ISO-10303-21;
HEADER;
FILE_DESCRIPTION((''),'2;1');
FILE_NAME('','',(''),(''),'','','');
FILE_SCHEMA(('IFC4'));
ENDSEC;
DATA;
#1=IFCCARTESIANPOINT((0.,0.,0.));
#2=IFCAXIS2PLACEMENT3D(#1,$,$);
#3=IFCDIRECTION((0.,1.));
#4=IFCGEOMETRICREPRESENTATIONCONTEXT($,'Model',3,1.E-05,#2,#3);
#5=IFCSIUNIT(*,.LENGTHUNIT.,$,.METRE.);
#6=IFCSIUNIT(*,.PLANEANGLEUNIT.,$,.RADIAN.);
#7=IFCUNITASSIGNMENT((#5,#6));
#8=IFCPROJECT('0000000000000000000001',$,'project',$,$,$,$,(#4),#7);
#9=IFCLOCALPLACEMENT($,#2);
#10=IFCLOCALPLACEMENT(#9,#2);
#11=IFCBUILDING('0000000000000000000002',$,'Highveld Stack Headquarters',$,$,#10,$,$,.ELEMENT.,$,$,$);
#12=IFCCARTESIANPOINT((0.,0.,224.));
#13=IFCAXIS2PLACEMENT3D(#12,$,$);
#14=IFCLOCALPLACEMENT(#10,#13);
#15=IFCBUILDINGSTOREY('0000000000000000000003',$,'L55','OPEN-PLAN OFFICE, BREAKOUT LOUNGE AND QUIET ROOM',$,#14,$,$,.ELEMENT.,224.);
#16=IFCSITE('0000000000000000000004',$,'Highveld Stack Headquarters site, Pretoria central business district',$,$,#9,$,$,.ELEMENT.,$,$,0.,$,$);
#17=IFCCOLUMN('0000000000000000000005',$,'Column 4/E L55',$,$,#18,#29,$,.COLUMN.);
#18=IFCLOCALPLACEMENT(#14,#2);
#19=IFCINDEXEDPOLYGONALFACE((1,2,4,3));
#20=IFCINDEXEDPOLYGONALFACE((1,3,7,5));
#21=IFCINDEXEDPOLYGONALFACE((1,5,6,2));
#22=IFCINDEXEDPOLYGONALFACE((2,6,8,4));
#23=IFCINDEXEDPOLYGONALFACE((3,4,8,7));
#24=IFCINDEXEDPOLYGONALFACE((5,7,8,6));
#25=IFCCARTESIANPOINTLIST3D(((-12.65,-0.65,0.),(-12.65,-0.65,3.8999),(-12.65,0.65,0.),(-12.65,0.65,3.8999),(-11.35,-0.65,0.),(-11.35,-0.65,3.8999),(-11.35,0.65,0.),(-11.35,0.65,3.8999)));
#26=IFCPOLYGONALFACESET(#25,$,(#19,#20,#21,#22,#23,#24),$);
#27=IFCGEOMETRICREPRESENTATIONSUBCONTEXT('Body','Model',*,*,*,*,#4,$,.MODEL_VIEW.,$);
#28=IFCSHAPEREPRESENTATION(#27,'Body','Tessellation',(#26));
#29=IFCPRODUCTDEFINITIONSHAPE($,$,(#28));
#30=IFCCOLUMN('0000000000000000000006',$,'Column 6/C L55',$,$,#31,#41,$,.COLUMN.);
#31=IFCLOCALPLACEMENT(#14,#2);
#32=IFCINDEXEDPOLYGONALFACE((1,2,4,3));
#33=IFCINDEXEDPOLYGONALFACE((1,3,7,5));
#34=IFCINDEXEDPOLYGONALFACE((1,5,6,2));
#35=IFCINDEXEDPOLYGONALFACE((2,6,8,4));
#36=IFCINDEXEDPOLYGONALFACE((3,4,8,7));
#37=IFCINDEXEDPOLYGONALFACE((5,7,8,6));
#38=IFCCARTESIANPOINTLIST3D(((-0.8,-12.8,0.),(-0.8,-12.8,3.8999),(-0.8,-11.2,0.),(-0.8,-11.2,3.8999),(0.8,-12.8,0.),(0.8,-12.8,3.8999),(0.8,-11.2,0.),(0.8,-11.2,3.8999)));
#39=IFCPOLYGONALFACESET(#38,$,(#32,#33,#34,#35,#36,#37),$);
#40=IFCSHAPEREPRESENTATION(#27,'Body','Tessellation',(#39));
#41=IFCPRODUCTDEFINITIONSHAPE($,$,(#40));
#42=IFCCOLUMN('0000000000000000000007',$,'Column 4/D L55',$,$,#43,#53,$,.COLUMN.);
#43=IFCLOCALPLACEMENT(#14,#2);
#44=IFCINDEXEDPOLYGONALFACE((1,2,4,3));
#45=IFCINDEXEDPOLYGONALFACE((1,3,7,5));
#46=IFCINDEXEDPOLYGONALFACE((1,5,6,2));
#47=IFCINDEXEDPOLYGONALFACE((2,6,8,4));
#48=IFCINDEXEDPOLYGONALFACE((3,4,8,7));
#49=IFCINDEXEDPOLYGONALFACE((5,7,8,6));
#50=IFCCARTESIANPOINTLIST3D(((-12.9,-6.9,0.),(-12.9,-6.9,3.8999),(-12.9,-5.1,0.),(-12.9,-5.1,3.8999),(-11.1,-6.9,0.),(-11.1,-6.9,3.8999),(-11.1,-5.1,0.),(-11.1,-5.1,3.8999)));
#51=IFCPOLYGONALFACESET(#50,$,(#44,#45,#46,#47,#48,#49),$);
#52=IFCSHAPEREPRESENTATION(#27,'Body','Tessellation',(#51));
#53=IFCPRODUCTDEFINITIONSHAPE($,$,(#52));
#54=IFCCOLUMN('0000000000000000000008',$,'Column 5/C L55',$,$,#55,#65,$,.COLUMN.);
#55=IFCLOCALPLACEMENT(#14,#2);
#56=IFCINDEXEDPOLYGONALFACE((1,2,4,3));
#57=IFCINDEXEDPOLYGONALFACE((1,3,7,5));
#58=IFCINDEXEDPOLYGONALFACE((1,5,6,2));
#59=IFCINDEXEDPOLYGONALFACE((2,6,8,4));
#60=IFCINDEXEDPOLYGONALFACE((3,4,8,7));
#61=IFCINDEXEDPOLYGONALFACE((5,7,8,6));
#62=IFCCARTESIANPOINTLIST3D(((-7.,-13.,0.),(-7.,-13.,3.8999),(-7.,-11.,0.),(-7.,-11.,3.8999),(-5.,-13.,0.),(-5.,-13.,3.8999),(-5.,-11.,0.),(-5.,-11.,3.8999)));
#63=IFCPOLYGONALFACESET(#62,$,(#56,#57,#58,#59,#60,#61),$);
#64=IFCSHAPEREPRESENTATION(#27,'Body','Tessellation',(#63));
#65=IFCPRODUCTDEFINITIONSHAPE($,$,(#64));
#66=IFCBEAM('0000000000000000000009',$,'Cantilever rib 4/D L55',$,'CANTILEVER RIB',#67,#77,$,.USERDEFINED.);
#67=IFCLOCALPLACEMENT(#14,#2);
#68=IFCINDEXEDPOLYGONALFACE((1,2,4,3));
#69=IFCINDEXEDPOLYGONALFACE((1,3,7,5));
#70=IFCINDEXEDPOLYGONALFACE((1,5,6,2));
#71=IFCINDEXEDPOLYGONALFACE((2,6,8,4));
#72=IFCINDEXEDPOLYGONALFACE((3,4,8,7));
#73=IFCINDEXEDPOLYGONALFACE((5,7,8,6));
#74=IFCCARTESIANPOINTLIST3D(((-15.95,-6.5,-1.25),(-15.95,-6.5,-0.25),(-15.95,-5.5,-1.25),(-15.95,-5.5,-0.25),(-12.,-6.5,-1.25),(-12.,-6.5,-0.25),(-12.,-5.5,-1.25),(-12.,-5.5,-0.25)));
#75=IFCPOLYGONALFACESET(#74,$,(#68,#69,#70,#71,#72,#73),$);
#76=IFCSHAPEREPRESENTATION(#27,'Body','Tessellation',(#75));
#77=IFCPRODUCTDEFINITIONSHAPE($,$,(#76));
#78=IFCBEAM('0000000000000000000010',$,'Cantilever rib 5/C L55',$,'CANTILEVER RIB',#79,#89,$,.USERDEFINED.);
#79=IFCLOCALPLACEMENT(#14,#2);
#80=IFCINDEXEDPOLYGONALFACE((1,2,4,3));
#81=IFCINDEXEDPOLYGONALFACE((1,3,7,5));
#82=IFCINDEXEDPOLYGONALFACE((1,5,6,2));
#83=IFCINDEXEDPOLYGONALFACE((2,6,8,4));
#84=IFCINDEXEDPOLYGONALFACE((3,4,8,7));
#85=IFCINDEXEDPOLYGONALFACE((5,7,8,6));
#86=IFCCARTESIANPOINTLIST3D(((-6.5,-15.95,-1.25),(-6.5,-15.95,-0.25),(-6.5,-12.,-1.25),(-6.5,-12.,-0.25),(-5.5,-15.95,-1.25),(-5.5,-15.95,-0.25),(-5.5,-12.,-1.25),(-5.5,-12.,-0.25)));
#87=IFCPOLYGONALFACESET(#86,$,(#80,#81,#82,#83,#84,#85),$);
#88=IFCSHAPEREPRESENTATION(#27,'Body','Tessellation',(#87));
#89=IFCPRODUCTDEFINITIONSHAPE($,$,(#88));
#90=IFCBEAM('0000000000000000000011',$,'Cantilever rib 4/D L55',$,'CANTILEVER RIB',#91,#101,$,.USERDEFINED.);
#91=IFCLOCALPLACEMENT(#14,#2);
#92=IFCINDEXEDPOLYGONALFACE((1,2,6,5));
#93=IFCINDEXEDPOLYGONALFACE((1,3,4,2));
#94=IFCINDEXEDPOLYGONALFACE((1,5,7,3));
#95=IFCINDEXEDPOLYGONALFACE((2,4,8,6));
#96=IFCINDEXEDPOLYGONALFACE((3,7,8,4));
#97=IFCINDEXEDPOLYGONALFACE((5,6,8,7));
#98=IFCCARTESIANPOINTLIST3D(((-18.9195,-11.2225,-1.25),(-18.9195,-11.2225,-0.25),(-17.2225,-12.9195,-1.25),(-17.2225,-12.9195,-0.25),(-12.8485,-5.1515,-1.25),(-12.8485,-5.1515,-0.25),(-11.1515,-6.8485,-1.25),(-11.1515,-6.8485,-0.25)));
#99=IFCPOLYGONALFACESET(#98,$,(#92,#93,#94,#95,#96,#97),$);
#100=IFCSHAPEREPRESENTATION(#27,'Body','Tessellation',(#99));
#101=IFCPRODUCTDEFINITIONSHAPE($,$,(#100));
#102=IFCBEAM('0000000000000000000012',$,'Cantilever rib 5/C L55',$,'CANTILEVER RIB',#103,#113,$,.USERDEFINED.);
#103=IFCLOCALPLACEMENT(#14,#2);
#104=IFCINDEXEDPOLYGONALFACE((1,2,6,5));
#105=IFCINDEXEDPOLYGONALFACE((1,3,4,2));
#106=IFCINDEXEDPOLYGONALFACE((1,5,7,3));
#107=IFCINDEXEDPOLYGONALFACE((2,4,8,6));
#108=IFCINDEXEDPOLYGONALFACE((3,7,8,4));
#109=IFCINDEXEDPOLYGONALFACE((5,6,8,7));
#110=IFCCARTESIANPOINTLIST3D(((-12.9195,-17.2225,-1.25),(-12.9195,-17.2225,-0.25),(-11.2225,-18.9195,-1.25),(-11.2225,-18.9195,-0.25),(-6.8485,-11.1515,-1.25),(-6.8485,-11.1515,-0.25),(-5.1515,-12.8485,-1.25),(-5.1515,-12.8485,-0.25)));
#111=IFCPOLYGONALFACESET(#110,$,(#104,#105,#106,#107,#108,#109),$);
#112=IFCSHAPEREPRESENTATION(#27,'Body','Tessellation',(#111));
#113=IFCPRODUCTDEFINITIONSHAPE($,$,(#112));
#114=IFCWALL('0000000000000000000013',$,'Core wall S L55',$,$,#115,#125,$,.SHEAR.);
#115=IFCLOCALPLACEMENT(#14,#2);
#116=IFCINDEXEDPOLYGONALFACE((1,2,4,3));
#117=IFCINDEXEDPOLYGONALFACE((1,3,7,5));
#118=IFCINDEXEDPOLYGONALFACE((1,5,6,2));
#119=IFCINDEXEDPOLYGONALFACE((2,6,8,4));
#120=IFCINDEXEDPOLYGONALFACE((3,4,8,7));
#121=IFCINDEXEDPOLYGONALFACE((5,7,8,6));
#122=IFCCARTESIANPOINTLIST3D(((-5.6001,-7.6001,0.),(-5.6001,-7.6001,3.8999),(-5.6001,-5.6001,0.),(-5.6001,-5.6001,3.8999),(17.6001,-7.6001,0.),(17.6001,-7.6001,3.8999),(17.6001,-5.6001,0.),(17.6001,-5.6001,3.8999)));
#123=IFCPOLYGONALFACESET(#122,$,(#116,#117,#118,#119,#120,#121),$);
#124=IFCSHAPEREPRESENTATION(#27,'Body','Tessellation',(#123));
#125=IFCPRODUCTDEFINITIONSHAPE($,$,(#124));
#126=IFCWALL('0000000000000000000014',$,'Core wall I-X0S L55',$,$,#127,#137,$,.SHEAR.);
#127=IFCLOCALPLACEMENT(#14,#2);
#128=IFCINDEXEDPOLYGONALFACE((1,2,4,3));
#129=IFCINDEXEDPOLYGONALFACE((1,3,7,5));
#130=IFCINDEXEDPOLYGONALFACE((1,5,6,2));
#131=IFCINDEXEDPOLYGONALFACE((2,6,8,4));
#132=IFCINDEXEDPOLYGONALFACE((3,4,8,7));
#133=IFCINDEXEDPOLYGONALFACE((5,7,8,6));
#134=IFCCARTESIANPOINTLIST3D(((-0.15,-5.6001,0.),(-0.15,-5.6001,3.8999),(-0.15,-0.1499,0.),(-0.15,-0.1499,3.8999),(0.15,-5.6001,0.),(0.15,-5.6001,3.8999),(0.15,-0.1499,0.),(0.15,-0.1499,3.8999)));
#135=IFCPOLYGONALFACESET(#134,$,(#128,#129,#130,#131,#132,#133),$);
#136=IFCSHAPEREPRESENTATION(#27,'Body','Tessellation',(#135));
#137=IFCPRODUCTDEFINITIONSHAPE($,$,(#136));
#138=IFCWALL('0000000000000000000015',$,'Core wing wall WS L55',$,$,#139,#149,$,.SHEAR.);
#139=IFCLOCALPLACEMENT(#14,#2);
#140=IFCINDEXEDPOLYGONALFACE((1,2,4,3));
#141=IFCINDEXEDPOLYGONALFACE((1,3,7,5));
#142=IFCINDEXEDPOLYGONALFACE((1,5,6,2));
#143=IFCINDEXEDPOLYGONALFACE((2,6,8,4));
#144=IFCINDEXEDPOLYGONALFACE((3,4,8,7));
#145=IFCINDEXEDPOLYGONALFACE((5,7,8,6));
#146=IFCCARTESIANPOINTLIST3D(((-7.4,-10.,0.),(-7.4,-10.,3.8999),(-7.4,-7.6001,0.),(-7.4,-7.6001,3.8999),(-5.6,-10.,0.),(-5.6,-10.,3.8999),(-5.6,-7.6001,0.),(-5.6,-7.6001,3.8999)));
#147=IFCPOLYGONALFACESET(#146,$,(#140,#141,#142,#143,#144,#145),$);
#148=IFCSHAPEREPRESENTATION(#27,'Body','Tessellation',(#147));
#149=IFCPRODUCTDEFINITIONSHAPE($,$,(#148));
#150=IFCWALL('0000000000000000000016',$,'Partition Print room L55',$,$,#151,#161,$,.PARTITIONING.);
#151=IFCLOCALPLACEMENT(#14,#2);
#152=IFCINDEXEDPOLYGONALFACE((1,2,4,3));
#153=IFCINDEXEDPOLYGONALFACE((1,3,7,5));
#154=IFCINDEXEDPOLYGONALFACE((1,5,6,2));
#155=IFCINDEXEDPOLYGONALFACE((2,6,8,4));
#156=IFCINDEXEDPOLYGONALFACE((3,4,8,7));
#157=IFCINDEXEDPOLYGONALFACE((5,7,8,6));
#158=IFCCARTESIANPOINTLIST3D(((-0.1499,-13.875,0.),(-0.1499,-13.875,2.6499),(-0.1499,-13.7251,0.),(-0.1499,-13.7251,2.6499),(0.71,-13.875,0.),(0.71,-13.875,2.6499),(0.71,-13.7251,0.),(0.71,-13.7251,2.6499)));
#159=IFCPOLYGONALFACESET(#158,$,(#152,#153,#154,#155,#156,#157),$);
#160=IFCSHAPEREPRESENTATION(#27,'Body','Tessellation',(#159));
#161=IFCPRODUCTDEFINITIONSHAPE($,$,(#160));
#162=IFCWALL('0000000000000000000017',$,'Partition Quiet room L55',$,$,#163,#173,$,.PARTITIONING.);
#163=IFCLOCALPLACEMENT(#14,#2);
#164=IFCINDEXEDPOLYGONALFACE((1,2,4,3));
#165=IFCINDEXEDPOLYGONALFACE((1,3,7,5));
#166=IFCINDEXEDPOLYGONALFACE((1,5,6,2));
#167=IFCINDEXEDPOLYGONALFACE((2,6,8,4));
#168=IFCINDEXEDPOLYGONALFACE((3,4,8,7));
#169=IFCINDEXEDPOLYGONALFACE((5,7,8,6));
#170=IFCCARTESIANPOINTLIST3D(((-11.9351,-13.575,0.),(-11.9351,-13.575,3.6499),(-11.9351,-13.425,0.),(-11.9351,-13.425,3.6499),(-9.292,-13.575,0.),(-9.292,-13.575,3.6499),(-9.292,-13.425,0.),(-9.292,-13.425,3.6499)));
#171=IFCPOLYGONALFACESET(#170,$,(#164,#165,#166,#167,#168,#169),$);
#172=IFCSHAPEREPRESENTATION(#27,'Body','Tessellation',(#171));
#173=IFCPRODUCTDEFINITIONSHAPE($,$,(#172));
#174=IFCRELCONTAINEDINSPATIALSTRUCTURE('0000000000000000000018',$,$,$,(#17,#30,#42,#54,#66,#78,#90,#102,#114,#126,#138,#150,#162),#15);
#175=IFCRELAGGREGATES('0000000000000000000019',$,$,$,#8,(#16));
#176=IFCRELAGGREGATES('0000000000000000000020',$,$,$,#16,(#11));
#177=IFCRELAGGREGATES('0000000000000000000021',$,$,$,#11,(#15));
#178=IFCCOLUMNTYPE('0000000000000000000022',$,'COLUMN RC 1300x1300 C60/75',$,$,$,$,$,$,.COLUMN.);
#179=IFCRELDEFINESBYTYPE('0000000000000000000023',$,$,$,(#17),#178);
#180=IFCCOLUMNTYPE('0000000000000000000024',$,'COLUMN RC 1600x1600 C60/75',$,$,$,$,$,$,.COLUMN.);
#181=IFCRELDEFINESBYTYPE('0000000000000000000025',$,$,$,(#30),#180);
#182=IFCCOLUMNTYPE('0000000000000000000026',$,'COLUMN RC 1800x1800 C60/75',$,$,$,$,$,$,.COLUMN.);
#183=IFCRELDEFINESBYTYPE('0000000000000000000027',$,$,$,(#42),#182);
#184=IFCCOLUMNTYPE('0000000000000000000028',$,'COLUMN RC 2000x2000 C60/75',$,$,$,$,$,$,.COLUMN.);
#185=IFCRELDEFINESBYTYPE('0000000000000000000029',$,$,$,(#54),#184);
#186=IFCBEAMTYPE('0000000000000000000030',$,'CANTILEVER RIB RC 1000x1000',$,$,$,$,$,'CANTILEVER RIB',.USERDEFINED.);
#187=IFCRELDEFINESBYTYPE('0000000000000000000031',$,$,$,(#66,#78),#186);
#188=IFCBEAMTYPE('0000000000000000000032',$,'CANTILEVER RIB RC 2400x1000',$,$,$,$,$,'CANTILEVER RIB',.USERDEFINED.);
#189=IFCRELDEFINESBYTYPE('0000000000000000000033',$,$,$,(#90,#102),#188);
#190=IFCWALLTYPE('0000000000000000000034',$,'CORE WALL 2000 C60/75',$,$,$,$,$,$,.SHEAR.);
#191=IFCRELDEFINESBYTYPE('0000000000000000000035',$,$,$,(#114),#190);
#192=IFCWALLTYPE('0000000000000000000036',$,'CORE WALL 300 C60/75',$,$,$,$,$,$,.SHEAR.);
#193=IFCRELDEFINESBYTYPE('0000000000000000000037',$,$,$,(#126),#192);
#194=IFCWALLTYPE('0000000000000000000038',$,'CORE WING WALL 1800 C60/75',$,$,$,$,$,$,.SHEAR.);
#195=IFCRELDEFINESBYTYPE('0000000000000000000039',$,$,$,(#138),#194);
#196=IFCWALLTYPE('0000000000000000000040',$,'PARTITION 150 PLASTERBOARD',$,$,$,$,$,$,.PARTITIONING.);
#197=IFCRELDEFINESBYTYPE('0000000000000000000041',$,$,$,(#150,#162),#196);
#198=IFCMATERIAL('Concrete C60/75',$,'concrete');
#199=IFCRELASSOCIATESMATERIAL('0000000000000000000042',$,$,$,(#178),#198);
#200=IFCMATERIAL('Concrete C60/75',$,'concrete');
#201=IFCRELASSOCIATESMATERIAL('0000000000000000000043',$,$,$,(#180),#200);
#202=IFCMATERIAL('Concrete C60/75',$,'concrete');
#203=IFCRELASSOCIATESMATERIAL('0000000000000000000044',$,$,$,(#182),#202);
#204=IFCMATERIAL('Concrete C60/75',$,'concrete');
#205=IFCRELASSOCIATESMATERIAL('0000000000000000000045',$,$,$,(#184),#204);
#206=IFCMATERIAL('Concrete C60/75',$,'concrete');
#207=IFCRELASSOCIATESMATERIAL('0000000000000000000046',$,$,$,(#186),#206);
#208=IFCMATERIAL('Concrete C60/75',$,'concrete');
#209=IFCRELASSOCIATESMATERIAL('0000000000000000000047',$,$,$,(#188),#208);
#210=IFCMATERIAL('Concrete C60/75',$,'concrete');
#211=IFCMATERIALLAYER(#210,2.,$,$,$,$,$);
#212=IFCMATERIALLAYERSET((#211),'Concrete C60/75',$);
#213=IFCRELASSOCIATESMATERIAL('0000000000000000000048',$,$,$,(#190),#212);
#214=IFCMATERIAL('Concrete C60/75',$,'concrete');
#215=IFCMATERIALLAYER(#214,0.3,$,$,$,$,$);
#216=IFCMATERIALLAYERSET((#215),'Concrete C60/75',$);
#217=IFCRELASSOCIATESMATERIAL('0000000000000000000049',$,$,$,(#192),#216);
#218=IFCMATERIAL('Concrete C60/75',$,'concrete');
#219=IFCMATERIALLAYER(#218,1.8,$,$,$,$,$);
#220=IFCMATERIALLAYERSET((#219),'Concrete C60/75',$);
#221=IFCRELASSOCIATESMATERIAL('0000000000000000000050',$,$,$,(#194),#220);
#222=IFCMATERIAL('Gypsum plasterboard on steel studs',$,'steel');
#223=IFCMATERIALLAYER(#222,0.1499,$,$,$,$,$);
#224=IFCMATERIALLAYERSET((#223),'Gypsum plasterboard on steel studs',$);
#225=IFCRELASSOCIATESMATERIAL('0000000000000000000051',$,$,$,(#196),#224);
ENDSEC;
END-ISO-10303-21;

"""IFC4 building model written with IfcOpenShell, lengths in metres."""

from ifc_helpers import new_model, si_unit, direction, frame, frame_2d, origin, origin_2d, place, context, subcontext, project, spatial, rectangle, extrude, material, layer, layer_set, material_profile, profile_set, type_object, element, save


model = new_model("IFC4")

# Units and contexts
model_context = context("Model", 3, precision=1e-05, world=origin(), true_north=direction((0.0, 1.0)))
body_context = subcontext(model_context, "Body", "Model", "MODEL_VIEW")
ifc_project = project(units=[si_unit("LENGTHUNIT", "METRE"), si_unit("PLANEANGLEUNIT", "RADIAN")], contexts=[model_context])

# Site, building, storey
site_placement = place(None, origin())
site = spatial("IfcSite", under=ifc_project, at=site_placement, Name="Highveld Stack Headquarters site, Pretoria central business district", CompositionType="ELEMENT", RefElevation=0.0)
building_placement = place(site_placement, origin())
building = spatial("IfcBuilding", under=site, at=building_placement, Name="Highveld Stack Headquarters", CompositionType="ELEMENT")
storey_placement = place(building_placement, frame((0.0, 0.0, 224.0)))
storey = spatial("IfcBuildingStorey", under=building, at=storey_placement, Name="L55", Description="OPEN-PLAN OFFICE, BREAKOUT LOUNGE AND QUIET ROOM", CompositionType="ELEMENT", Elevation=224.0)

# Columns
ifc_material_1 = material(Name="Concrete C60/75", Category="concrete")
ifc_material_profile_1 = material_profile(ifc_material_1, rectangle(XDim=1.3, YDim=1.3, at=origin_2d()), Name="RC 1300x1300")
ifc_profile_set_1 = profile_set([ifc_material_profile_1], Name="Concrete C60/75")
column_type_1 = type_object("IfcColumnType", Name="COLUMN RC 1300x1300 C60/75", PredefinedType="COLUMN", material=ifc_profile_set_1)
column_1_placement = place(storey_placement, frame((-12.0, 0.0, 0.0), z_axis=(0.0, 0.0, 1.0), x_axis=(1.0, 0.0, 0.0)))
element("IfcColumn", 1, at=column_1_placement, inside=storey, type_object=column_type_1, Name="Column 4/E L55", PredefinedType="COLUMN", context=body_context, shape_type="SweptSolid", body=[
    extrude(rectangle(XDim=1.3, YDim=1.3, at=origin_2d()), origin(), (0.0, 0.0, 1.0), 3.8999),
])
ifc_material_2 = material(Name="Concrete C60/75", Category="concrete")
ifc_material_profile_2 = material_profile(ifc_material_2, rectangle(XDim=1.6001, YDim=1.6001, at=origin_2d()), Name="RC 1600x1600")
ifc_profile_set_2 = profile_set([ifc_material_profile_2], Name="Concrete C60/75")
column_type_2 = type_object("IfcColumnType", Name="COLUMN RC 1600x1600 C60/75", PredefinedType="COLUMN", material=ifc_profile_set_2)
column_2_placement = place(storey_placement, frame((0.0, -12.0, 0.0), z_axis=(0.0, 0.0, 1.0), x_axis=(1.0, 0.0, 0.0)))
element("IfcColumn", 2, at=column_2_placement, inside=storey, type_object=column_type_2, Name="Column 6/C L55", PredefinedType="COLUMN", context=body_context, shape_type="SweptSolid", body=[
    extrude(rectangle(XDim=1.6001, YDim=1.6001, at=origin_2d()), origin(), (0.0, 0.0, 1.0), 3.8999),
])
ifc_material_3 = material(Name="Concrete C60/75", Category="concrete")
ifc_material_profile_3 = material_profile(ifc_material_3, rectangle(XDim=1.8, YDim=1.8, at=origin_2d()), Name="RC 1800x1800")
ifc_profile_set_3 = profile_set([ifc_material_profile_3], Name="Concrete C60/75")
column_type_3 = type_object("IfcColumnType", Name="COLUMN RC 1800x1800 C60/75", PredefinedType="COLUMN", material=ifc_profile_set_3)
column_3_placement = place(storey_placement, frame((-12.0, -6.0, 0.0), z_axis=(0.0, 0.0, 1.0), x_axis=(1.0, 0.0, 0.0)))
element("IfcColumn", 3, at=column_3_placement, inside=storey, type_object=column_type_3, Name="Column 4/D L55", PredefinedType="COLUMN", context=body_context, shape_type="SweptSolid", body=[
    extrude(rectangle(XDim=1.8, YDim=1.8, at=origin_2d()), origin(), (0.0, 0.0, 1.0), 3.8999),
])
ifc_material_4 = material(Name="Concrete C60/75", Category="concrete")
ifc_material_profile_4 = material_profile(ifc_material_4, rectangle(XDim=2.0, YDim=2.0, at=origin_2d()), Name="RC 2000x2000")
ifc_profile_set_4 = profile_set([ifc_material_profile_4], Name="Concrete C60/75")
column_type_4 = type_object("IfcColumnType", Name="COLUMN RC 2000x2000 C60/75", PredefinedType="COLUMN", material=ifc_profile_set_4)
column_4_placement = place(storey_placement, frame((-6.0, -12.0, 0.0), z_axis=(0.0, 0.0, 1.0), x_axis=(1.0, 0.0, 0.0)))
element("IfcColumn", 4, at=column_4_placement, inside=storey, type_object=column_type_4, Name="Column 5/C L55", PredefinedType="COLUMN", context=body_context, shape_type="SweptSolid", body=[
    extrude(rectangle(XDim=2.0, YDim=2.0, at=origin_2d()), origin(), (0.0, 0.0, 1.0), 3.8999),
])

# Beams
ifc_material_5 = material(Name="Concrete C60/75", Category="concrete")
ifc_material_profile_5 = material_profile(ifc_material_5, rectangle(XDim=1.0, YDim=1.0, at=origin_2d()), Name="RC 1000x1000")
ifc_profile_set_5 = profile_set([ifc_material_profile_5], Name="Concrete C60/75")
beam_type_1 = type_object("IfcBeamType", Name="CANTILEVER RIB RC 1000x1000", ElementType="CANTILEVER RIB", PredefinedType="USERDEFINED", material=ifc_profile_set_5)
for number, where, z_axis, x_axis, name in (
    (5, (-12.0, -6.0, -0.75), (-1.0, 0.0, 0.0), (0.0, -1.0, 0.0), "Cantilever rib 4/D L55"),
    (6, (-6.0, -12.0, -0.75), (0.0, -1.0, 0.0), (1.0, 0.0, 0.0), "Cantilever rib 5/C L55"),
):
    element("IfcBeam", number, at=place(storey_placement, frame(where, z_axis=z_axis, x_axis=x_axis)), inside=storey, type_object=beam_type_1, Name=name, ObjectType="CANTILEVER RIB", PredefinedType="USERDEFINED", context=body_context, shape_type="SweptSolid", body=[
        extrude(rectangle(XDim=1.0, YDim=1.0, at=origin_2d()), origin(), (0.0, 0.0, 1.0), 3.95),
    ])
ifc_material_6 = material(Name="Concrete C60/75", Category="concrete")
ifc_material_profile_6 = material_profile(ifc_material_6, rectangle(XDim=2.3999, YDim=1.0, at=origin_2d()), Name="RC 2400x1000")
ifc_profile_set_6 = profile_set([ifc_material_profile_6], Name="Concrete C60/75")
beam_type_2 = type_object("IfcBeamType", Name="CANTILEVER RIB RC 2400x1000", ElementType="CANTILEVER RIB", PredefinedType="USERDEFINED", material=ifc_profile_set_6)
for number, where, z_axis, x_axis, name in (
    (7, (-12.0, -6.0, -0.75), (-0.707107, -0.707107, 0.0), (0.707107, -0.707107, 0.0), "Cantilever rib 4/D L55"),
    (8, (-6.0, -12.0, -0.75), (-0.707107, -0.707107, 0.0), (0.707107, -0.707107, 0.0), "Cantilever rib 5/C L55"),
):
    element("IfcBeam", number, at=place(storey_placement, frame(where, z_axis=z_axis, x_axis=x_axis)), inside=storey, type_object=beam_type_2, Name=name, ObjectType="CANTILEVER RIB", PredefinedType="USERDEFINED", context=body_context, shape_type="SweptSolid", body=[
        extrude(rectangle(XDim=2.3999, YDim=1.0, at=origin_2d()), origin(), (0.0, 0.0, 1.0), 8.5857),
    ])

# Walls
ifc_material_7 = material(Name="Concrete C60/75", Category="concrete")
ifc_layer_1 = layer(ifc_material_7, 2.0)
ifc_layer_set_1 = layer_set([ifc_layer_1], Name="Concrete C60/75")
wall_type_1 = type_object("IfcWallType", Name="CORE WALL 2000 C60/75", PredefinedType="SHEAR", material=ifc_layer_set_1)
wall_1_placement = place(storey_placement, frame((-5.6001, -6.6001, 0.0), z_axis=(0.0, 0.0, 1.0), x_axis=(1.0, 0.0, 0.0)))
element("IfcWall", 9, at=wall_1_placement, inside=storey, type_object=wall_type_1, Name="Core wall S L55", PredefinedType="SHEAR", context=body_context, shape_type="SweptSolid", body=[
    extrude(rectangle(XDim=23.2002, YDim=2.0, at=frame_2d((11.6001, 0.0))), origin(), (0.0, 0.0, 1.0), 3.8999),
])
ifc_material_8 = material(Name="Concrete C60/75", Category="concrete")
ifc_layer_2 = layer(ifc_material_8, 0.3)
ifc_layer_set_2 = layer_set([ifc_layer_2], Name="Concrete C60/75")
wall_type_2 = type_object("IfcWallType", Name="CORE WALL 300 C60/75", PredefinedType="SHEAR", material=ifc_layer_set_2)
wall_2_placement = place(storey_placement, frame((0.0, -5.6001, 0.0), z_axis=(0.0, 0.0, 1.0), x_axis=(0.0, 1.0, 0.0)))
element("IfcWall", 10, at=wall_2_placement, inside=storey, type_object=wall_type_2, Name="Core wall I-X0S L55", PredefinedType="SHEAR", context=body_context, shape_type="SweptSolid", body=[
    extrude(rectangle(XDim=5.4502, YDim=0.3, at=frame_2d((2.7251, 0.0))), origin(), (0.0, 0.0, 1.0), 3.8999),
])
ifc_material_9 = material(Name="Concrete C60/75", Category="concrete")
ifc_layer_3 = layer(ifc_material_9, 1.8)
ifc_layer_set_3 = layer_set([ifc_layer_3], Name="Concrete C60/75")
wall_type_3 = type_object("IfcWallType", Name="CORE WING WALL 1800 C60/75", PredefinedType="SHEAR", material=ifc_layer_set_3)
wall_3_placement = place(storey_placement, frame((-6.5, -10.0, 0.0), z_axis=(0.0, 0.0, 1.0), x_axis=(0.0, 1.0, 0.0)))
element("IfcWall", 11, at=wall_3_placement, inside=storey, type_object=wall_type_3, Name="Core wing wall WS L55", PredefinedType="SHEAR", context=body_context, shape_type="SweptSolid", body=[
    extrude(rectangle(XDim=2.3999, YDim=1.8, at=frame_2d((1.2, 0.0))), origin(), (0.0, 0.0, 1.0), 3.8999),
])
ifc_material_10 = material(Name="Gypsum plasterboard on steel studs", Category="steel")
ifc_layer_4 = layer(ifc_material_10, 0.1499)
ifc_layer_set_4 = layer_set([ifc_layer_4], Name="Gypsum plasterboard on steel studs")
wall_type_4 = type_object("IfcWallType", Name="PARTITION 150 PLASTERBOARD", PredefinedType="PARTITIONING", material=ifc_layer_set_4)
wall_4_placement = place(storey_placement, frame((-0.1499, -13.8, 0.0), z_axis=(0.0, 0.0, 1.0), x_axis=(1.0, 0.0, 0.0)))
element("IfcWall", 12, at=wall_4_placement, inside=storey, type_object=wall_type_4, Name="Partition Print room L55", PredefinedType="PARTITIONING", context=body_context, shape_type="SweptSolid", body=[
    extrude(rectangle(XDim=0.8599, YDim=0.1499, at=frame_2d((0.4299, 0.0))), origin(), (0.0, 0.0, 1.0), 2.6499),
])
wall_5_placement = place(storey_placement, frame((-11.9351, -13.5, 0.0), z_axis=(0.0, 0.0, 1.0), x_axis=(1.0, 0.0, 0.0)))
element("IfcWall", 13, at=wall_5_placement, inside=storey, type_object=wall_type_4, Name="Partition Quiet room L55", PredefinedType="PARTITIONING", context=body_context, shape_type="SweptSolid", body=[
    extrude(rectangle(XDim=2.6431, YDim=0.1499, at=frame_2d((1.3215, 0.0))), origin(), (0.0, 0.0, 1.0), 3.6499),
])

save(model, "model.ifc")
